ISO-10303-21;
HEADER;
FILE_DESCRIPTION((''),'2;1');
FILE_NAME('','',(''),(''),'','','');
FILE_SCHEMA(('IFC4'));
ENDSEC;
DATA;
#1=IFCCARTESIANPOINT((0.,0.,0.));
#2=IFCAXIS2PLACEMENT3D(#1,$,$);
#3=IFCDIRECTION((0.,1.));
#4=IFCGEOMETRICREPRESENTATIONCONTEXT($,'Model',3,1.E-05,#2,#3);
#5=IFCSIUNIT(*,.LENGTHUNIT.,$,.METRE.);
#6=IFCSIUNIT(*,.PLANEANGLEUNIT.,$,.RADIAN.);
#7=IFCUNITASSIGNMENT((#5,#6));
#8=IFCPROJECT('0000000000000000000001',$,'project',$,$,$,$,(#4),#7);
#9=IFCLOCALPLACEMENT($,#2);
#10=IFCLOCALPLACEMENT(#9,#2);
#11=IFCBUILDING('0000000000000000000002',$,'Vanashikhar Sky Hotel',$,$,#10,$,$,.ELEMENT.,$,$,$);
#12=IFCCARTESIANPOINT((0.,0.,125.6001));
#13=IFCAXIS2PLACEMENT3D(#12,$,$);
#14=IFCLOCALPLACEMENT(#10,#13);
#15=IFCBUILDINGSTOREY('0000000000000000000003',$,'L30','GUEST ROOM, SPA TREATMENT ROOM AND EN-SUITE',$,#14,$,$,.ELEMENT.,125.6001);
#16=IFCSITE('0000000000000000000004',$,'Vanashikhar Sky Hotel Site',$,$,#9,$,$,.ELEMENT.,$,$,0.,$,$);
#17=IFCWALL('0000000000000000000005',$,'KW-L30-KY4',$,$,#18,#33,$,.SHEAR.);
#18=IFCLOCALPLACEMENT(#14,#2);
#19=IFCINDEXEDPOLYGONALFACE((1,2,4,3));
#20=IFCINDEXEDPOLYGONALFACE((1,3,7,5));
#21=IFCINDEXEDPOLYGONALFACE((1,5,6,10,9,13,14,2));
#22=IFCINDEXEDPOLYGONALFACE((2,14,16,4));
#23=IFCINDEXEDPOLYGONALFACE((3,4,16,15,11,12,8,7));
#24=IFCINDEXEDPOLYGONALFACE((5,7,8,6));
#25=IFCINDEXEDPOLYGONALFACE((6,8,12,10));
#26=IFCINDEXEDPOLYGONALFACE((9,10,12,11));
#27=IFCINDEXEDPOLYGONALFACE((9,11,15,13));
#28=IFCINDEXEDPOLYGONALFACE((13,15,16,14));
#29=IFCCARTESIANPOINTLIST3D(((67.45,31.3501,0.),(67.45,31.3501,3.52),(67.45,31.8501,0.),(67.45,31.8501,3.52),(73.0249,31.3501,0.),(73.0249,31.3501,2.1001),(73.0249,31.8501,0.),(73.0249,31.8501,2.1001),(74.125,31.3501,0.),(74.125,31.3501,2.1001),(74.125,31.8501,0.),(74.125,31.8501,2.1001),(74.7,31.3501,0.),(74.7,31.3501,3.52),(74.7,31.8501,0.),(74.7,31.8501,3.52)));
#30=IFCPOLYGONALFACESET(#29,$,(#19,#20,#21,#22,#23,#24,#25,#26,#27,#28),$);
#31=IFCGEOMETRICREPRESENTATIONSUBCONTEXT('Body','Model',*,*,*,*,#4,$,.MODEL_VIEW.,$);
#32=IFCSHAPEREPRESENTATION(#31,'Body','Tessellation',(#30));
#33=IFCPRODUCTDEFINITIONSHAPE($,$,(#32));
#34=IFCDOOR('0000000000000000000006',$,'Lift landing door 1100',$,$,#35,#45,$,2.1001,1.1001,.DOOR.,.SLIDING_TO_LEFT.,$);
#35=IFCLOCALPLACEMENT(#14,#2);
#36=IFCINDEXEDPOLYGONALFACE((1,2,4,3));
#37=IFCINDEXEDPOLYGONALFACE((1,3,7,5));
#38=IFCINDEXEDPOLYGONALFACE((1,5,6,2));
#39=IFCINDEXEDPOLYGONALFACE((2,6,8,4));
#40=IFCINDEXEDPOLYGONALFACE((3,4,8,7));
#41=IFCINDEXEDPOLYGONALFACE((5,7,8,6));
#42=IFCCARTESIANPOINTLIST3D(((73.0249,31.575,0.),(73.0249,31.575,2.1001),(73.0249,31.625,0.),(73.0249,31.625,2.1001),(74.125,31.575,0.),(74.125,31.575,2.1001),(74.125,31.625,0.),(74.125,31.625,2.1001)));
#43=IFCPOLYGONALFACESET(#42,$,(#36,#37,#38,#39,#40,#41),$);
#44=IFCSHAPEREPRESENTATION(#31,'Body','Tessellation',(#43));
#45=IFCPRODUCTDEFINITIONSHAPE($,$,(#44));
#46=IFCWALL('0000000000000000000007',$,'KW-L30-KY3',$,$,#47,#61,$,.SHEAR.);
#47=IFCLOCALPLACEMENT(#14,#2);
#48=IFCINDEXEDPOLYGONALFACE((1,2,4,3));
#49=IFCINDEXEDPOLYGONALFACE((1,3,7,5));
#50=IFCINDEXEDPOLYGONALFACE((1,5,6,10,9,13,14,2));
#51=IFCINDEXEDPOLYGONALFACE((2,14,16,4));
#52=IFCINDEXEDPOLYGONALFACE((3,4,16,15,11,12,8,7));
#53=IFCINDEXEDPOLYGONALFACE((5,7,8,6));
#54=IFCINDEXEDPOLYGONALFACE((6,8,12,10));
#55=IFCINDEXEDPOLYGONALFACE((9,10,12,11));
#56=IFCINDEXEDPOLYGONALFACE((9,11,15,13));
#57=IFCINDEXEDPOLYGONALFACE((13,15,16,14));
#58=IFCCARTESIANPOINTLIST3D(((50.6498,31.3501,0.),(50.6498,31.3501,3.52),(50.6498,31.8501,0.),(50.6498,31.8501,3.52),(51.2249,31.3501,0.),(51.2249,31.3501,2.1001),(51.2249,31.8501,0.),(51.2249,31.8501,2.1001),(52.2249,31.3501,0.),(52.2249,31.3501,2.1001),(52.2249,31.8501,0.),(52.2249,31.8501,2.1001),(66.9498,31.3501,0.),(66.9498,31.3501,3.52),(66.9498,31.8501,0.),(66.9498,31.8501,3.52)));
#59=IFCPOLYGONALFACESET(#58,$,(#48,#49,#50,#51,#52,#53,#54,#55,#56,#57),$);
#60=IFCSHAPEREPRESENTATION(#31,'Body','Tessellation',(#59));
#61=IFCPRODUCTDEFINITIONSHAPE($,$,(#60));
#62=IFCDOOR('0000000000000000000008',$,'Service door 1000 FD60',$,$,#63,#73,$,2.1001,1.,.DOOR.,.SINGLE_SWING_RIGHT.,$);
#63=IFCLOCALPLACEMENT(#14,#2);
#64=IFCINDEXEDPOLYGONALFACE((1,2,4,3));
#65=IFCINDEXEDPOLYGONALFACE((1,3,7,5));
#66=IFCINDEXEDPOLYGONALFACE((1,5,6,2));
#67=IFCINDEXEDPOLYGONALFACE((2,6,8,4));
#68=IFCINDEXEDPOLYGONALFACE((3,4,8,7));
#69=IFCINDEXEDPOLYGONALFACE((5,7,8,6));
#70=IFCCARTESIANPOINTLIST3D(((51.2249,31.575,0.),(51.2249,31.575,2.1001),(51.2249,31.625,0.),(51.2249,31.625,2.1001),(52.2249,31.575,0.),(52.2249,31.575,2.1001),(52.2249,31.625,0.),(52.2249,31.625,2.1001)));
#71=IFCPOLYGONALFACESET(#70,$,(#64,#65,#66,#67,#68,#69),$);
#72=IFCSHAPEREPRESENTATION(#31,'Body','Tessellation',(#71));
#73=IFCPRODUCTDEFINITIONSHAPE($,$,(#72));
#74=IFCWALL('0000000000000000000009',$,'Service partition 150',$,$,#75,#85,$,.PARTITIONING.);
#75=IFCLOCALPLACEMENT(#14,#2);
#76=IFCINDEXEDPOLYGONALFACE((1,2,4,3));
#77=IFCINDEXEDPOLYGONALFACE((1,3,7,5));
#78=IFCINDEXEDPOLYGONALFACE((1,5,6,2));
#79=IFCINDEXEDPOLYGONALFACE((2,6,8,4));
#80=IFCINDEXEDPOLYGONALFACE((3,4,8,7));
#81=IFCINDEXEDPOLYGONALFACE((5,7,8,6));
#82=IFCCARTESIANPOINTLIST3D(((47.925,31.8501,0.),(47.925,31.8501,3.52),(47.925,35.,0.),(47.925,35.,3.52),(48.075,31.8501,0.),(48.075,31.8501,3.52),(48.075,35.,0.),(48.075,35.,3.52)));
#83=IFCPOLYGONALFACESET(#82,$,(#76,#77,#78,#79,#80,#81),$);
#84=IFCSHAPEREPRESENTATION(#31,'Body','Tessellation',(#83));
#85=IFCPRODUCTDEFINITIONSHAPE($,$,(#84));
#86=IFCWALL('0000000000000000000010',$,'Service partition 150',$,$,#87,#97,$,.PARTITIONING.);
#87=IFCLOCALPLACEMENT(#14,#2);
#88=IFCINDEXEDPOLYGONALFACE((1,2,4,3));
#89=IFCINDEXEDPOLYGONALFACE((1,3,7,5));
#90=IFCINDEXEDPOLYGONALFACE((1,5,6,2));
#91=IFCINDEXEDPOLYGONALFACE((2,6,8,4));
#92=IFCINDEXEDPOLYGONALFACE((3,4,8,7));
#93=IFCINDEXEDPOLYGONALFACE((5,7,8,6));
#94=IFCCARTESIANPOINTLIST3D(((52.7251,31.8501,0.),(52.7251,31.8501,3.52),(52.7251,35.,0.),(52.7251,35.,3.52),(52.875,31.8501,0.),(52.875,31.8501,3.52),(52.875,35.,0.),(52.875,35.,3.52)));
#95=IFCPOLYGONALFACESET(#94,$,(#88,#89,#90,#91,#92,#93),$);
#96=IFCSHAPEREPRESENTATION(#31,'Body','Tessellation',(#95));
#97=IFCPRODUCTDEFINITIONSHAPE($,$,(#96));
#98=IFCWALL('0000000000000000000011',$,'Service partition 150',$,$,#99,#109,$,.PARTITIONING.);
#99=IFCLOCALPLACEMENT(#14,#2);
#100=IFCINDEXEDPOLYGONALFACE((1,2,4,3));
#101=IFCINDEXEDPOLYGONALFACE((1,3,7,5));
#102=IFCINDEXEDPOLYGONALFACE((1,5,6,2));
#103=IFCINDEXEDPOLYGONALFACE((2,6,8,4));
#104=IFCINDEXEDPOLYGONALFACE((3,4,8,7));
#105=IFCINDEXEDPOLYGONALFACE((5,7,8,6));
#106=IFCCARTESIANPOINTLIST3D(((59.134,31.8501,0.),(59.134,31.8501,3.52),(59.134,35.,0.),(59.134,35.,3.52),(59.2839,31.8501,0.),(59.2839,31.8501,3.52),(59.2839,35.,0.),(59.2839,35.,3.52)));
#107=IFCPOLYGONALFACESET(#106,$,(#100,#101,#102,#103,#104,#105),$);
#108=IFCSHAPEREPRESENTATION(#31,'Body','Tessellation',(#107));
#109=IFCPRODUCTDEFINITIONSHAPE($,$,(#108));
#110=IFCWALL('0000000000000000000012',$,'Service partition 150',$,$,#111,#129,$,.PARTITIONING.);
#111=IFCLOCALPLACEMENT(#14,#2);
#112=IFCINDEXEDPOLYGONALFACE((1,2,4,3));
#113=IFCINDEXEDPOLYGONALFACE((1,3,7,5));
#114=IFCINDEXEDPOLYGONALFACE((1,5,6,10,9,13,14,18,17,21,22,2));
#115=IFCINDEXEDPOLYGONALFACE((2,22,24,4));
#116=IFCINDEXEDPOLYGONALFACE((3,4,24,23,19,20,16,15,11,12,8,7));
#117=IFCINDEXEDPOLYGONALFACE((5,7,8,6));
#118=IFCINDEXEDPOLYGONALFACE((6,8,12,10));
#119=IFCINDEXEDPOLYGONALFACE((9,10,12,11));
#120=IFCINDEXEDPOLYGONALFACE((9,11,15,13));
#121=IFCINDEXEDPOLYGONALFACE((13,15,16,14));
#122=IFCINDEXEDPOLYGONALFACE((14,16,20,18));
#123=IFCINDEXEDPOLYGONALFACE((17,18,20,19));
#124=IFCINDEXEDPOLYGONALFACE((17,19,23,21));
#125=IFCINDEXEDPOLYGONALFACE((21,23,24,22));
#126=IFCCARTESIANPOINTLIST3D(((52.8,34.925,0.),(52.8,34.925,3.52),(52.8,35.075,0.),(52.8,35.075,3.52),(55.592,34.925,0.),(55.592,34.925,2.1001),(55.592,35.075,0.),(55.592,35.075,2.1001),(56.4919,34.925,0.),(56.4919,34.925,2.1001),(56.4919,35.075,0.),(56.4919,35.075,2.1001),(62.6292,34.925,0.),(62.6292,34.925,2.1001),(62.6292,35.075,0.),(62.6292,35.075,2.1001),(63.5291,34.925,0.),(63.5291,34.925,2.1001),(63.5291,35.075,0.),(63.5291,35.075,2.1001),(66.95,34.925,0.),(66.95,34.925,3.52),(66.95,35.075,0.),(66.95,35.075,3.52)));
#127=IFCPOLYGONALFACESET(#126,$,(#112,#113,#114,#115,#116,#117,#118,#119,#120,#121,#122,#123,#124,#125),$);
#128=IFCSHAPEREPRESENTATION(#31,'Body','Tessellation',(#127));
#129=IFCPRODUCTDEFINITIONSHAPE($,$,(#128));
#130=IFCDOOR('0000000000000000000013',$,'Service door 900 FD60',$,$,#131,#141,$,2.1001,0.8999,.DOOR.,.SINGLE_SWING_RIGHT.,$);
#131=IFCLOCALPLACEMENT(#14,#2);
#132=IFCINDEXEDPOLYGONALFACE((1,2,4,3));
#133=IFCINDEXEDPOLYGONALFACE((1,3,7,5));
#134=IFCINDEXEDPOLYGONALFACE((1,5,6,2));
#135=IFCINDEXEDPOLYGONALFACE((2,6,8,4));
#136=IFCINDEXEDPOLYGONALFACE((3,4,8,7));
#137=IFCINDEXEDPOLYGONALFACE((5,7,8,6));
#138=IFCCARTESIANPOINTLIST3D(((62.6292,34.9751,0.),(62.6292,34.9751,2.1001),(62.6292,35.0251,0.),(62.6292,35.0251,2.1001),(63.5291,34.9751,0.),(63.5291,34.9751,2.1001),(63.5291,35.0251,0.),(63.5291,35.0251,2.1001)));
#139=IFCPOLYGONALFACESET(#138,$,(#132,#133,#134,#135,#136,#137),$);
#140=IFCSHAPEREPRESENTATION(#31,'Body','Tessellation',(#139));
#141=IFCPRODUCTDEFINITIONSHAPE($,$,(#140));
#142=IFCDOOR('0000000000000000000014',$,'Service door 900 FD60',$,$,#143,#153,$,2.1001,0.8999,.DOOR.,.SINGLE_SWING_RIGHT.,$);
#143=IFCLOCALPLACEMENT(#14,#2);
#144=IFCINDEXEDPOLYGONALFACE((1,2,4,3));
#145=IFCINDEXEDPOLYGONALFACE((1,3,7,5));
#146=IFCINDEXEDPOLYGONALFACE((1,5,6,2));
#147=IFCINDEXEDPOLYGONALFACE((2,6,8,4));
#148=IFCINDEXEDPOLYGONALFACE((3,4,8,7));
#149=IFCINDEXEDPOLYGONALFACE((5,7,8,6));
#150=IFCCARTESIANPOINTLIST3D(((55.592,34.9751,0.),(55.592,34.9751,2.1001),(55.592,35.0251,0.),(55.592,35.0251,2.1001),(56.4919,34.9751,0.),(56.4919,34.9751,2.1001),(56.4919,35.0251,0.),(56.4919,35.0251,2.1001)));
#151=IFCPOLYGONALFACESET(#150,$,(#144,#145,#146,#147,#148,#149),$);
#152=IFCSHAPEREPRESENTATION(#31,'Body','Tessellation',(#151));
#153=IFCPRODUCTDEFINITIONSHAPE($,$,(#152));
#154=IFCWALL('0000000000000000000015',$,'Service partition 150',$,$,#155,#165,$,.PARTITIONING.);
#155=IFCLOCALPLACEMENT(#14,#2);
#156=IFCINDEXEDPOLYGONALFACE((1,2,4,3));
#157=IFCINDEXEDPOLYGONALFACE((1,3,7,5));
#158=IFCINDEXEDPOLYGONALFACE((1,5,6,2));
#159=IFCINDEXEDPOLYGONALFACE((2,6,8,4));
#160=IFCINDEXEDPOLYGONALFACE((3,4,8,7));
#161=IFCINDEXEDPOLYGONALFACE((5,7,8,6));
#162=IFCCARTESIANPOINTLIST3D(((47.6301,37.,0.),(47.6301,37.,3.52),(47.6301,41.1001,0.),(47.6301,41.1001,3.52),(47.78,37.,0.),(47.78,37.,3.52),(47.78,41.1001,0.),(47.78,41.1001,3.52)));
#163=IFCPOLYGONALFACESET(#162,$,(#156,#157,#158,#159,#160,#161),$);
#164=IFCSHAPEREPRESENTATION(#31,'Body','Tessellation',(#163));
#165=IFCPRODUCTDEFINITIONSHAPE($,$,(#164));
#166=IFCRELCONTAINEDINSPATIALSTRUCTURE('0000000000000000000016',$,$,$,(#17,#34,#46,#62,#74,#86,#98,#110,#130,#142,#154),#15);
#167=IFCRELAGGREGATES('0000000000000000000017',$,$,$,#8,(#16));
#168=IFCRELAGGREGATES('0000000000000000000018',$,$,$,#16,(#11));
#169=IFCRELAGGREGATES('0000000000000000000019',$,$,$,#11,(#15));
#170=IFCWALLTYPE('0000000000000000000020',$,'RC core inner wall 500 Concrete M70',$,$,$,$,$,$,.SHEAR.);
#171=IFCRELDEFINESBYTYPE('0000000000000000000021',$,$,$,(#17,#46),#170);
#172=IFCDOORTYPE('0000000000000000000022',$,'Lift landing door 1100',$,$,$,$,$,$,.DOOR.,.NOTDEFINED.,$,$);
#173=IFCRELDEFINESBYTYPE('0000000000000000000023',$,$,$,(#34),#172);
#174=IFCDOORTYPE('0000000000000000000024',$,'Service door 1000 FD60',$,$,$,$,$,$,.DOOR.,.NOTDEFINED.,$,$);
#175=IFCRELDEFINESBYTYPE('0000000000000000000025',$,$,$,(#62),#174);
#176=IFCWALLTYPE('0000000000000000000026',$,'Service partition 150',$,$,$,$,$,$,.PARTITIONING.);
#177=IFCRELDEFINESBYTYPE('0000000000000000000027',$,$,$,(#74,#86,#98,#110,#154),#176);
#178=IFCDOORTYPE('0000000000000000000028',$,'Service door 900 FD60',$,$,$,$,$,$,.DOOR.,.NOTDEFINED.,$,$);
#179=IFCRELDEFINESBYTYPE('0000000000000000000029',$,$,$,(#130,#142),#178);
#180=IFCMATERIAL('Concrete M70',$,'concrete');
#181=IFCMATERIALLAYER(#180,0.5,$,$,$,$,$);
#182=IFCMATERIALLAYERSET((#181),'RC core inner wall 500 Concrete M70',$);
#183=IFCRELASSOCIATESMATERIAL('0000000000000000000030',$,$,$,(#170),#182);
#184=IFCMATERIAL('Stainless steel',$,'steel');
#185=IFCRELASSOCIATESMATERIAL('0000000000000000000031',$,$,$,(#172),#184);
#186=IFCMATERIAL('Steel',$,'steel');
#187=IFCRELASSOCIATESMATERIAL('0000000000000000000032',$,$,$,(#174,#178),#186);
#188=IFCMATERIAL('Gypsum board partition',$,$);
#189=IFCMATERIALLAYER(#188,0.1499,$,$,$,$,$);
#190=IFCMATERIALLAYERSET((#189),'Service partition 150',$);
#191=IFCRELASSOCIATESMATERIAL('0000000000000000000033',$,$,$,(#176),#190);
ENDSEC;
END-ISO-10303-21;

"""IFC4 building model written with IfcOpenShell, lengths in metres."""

from ifc_helpers import new_model, si_unit, direction, frame, frame_2d, origin, place, context, subcontext, project, spatial, rectangle, extrude, source, transform, mapped, material, layer, layer_set, type_object, element, fill, save


model = new_model("IFC4")

# Units and contexts
model_context = context("Model", 3, precision=1e-05, world=origin(), true_north=direction((0.0, 1.0)))
body_context = subcontext(model_context, "Body", "Model", "MODEL_VIEW")
ifc_project = project(units=[si_unit("LENGTHUNIT", "METRE"), si_unit("PLANEANGLEUNIT", "RADIAN")], contexts=[model_context])

# Site, building, storey
site_placement = place(None, origin())
site = spatial("IfcSite", under=ifc_project, at=site_placement, Name="Vanashikhar Sky Hotel Site", CompositionType="ELEMENT", RefElevation=0.0)
building_placement = place(site_placement, origin())
building = spatial("IfcBuilding", under=site, at=building_placement, Name="Vanashikhar Sky Hotel", CompositionType="ELEMENT")
storey_placement = place(building_placement, frame((0.0, 0.0, 125.6001)))
storey = spatial("IfcBuildingStorey", under=building, at=storey_placement, Name="L30", Description="GUEST ROOM, SPA TREATMENT ROOM AND EN-SUITE", CompositionType="ELEMENT", Elevation=125.6001)

# Walls, openings, doors
ifc_material_1 = material(Name="Concrete M70", Category="concrete")
ifc_layer_1 = layer(ifc_material_1, 0.5)
ifc_layer_set_1 = layer_set([ifc_layer_1], Name="RC core inner wall 500 Concrete M70")
wall_type_1 = type_object("IfcWallType", Name="RC core inner wall 500 Concrete M70", PredefinedType="SHEAR", material=ifc_layer_set_1)
shared_shape_1 = source(origin(), body_context, "Body", "SweptSolid", [
    extrude(rectangle(XDim=7.25, YDim=0.5, at=frame_2d((3.625, 0.0))), origin(), (0.0, 0.0, 1.0), 3.52),
])
wall_1_placement = place(storey_placement, frame((67.45, 31.6001, 0.0), z_axis=(0.0, 0.0, 1.0), x_axis=(1.0, 0.0, 0.0)))
wall_1 = element("IfcWall", 1, at=wall_1_placement, inside=storey, type_object=wall_type_1, Name="KW-L30-KY4", PredefinedType="SHEAR", context=body_context, shape_type="MappedRepresentation", body=[
    mapped(shared_shape_1, transform((0.0, 0.0, 0.0), scale=1.0)),
])
shared_shape_2 = source(origin(), body_context, "Body", "SweptSolid", [
    extrude(rectangle(XDim=1.1001, YDim=2.1001, at=frame_2d((0.55, 1.05))), frame((0.0, 0.26, 0.0), z_axis=(0.0, -1.0, 0.0), x_axis=(1.0, 0.0, 0.0)), (0.0, 0.0, 1.0), 0.52),
])
opening_1_placement = place(wall_1_placement, frame((5.575, 0.0, 0.0)))
opening_1 = element("IfcOpeningElement", 2, at=opening_1_placement, cuts=wall_1, PredefinedType="OPENING", context=body_context, shape_type="MappedRepresentation", body=[
    mapped(shared_shape_2, transform((0.0, 0.0, 0.0), scale=1.0)),
])
ifc_material_2 = material(Name="Stainless steel", Category="steel")
door_type_1 = type_object("IfcDoorType", Name="Lift landing door 1100", OperationType="NOTDEFINED", PredefinedType="DOOR", material=ifc_material_2)
shared_shape_3 = source(origin(), body_context, "Body", "SweptSolid", [
    extrude(rectangle(XDim=1.1001, YDim=2.1001, at=frame_2d((0.55, 1.05))), frame((0.0, 0.0249, 0.0), z_axis=(0.0, -1.0, 0.0), x_axis=(1.0, 0.0, 0.0)), (0.0, 0.0, 1.0), 0.05),
])
door_1_placement = place(opening_1_placement, origin())
door_1 = element("IfcDoor", 3, at=door_1_placement, inside=storey, type_object=door_type_1, Name="Lift landing door 1100", OperationType="SLIDING_TO_LEFT", OverallHeight=2.1001, OverallWidth=1.1001, PredefinedType="DOOR", context=body_context, shape_type="MappedRepresentation", body=[
    mapped(shared_shape_3, transform((0.0, 0.0, 0.0), scale=1.0)),
])
fill(opening_1, door_1)
shared_shape_4 = source(origin(), body_context, "Body", "SweptSolid", [
    extrude(rectangle(XDim=16.3, YDim=0.5, at=frame_2d((8.1499, 0.0))), origin(), (0.0, 0.0, 1.0), 3.52),
])
wall_2_placement = place(storey_placement, frame((50.6499, 31.6001, 0.0), z_axis=(0.0, 0.0, 1.0), x_axis=(1.0, 0.0, 0.0)))
wall_2 = element("IfcWall", 4, at=wall_2_placement, inside=storey, type_object=wall_type_1, Name="KW-L30-KY3", PredefinedType="SHEAR", context=body_context, shape_type="MappedRepresentation", body=[
    mapped(shared_shape_4, transform((0.0, 0.0, 0.0), scale=1.0)),
])
shared_shape_5 = source(origin(), body_context, "Body", "SweptSolid", [
    extrude(rectangle(XDim=1.0, YDim=2.1001, at=frame_2d((0.5, 1.05))), frame((0.0, 0.26, 0.0), z_axis=(0.0, -1.0, 0.0), x_axis=(1.0, 0.0, 0.0)), (0.0, 0.0, 1.0), 0.52),
])
opening_2_placement = place(wall_2_placement, frame((0.575, 0.0, 0.0)))
opening_2 = element("IfcOpeningElement", 5, at=opening_2_placement, cuts=wall_2, PredefinedType="OPENING", context=body_context, shape_type="MappedRepresentation", body=[
    mapped(shared_shape_5, transform((0.0, 0.0, 0.0), scale=1.0)),
])
ifc_material_3 = material(Name="Steel", Category="steel")
door_type_2 = type_object("IfcDoorType", Name="Service door 1000 FD60", OperationType="NOTDEFINED", PredefinedType="DOOR", material=ifc_material_3)
shared_shape_6 = source(origin(), body_context, "Body", "SweptSolid", [
    extrude(rectangle(XDim=1.0, YDim=2.1001, at=frame_2d((0.5, 1.05))), frame((0.0, 0.0249, 0.0), z_axis=(0.0, -1.0, 0.0), x_axis=(1.0, 0.0, 0.0)), (0.0, 0.0, 1.0), 0.05),
])
door_2_placement = place(opening_2_placement, origin())
door_2 = element("IfcDoor", 6, at=door_2_placement, inside=storey, type_object=door_type_2, Name="Service door 1000 FD60", OperationType="SINGLE_SWING_RIGHT", OverallHeight=2.1001, OverallWidth=1.0, PredefinedType="DOOR", context=body_context, shape_type="MappedRepresentation", body=[
    mapped(shared_shape_6, transform((0.0, 0.0, 0.0), scale=1.0)),
])
fill(opening_2, door_2)

# Walls
ifc_material_4 = material(Name="Gypsum board partition")
ifc_layer_2 = layer(ifc_material_4, 0.1499)
ifc_layer_set_2 = layer_set([ifc_layer_2], Name="Service partition 150")
wall_type_2 = type_object("IfcWallType", Name="Service partition 150", PredefinedType="PARTITIONING", material=ifc_layer_set_2)
shared_shape_7 = source(origin(), body_context, "Body", "SweptSolid", [
    extrude(rectangle(XDim=3.1499, YDim=0.1499, at=frame_2d((1.575, 0.0))), origin(), (0.0, 0.0, 1.0), 3.52),
])
for number, where, z_axis, x_axis, name in (
    (7, (48.0, 31.8501, 0.0), (0.0, 0.0, 1.0), (0.0, 1.0, 0.0), "Service partition 150"),
    (8, (52.8, 31.8501, 0.0), (0.0, 0.0, 1.0), (0.0, 1.0, 0.0), "Service partition 150"),
    (9, (59.209, 31.8501, 0.0), (0.0, 0.0, 1.0), (0.0, 1.0, 0.0), "Service partition 150"),
):
    element("IfcWall", number, at=place(storey_placement, frame(where, z_axis=z_axis, x_axis=x_axis)), inside=storey, type_object=wall_type_2, Name=name, PredefinedType="PARTITIONING", context=body_context, shape_type="MappedRepresentation", body=[
        mapped(shared_shape_7, transform((0.0, 0.0, 0.0), scale=1.0)),
    ])

# Wall, openings, doors
shared_shape_8 = source(origin(), body_context, "Body", "SweptSolid", [
    extrude(rectangle(XDim=14.1499, YDim=0.1499, at=frame_2d((7.075, 0.0))), origin(), (0.0, 0.0, 1.0), 3.52),
])
wall_3_placement = place(storey_placement, frame((66.95, 35.0, 0.0), z_axis=(0.0, 0.0, 1.0), x_axis=(-1.0, 0.0, 0.0)))
wall_3 = element("IfcWall", 10, at=wall_3_placement, inside=storey, type_object=wall_type_2, Name="Service partition 150", PredefinedType="PARTITIONING", context=body_context, shape_type="MappedRepresentation", body=[
    mapped(shared_shape_8, transform((0.0, 0.0, 0.0), scale=1.0)),
])
shared_shape_9 = source(origin(), body_context, "Body", "SweptSolid", [
    extrude(rectangle(XDim=0.8999, YDim=2.1001, at=frame_2d((0.45, 1.05))), frame((0.0, 0.085, 0.0), z_axis=(0.0, -1.0, 0.0), x_axis=(1.0, 0.0, 0.0)), (0.0, 0.0, 1.0), 0.1699),
])
opening_3_placement = place(wall_3_placement, frame((3.4209, 0.0, 0.0)))
opening_3 = element("IfcOpeningElement", 11, at=opening_3_placement, cuts=wall_3, PredefinedType="OPENING", context=body_context, shape_type="MappedRepresentation", body=[
    mapped(shared_shape_9, transform((0.0, 0.0, 0.0), scale=1.0)),
])
opening_4_placement = place(wall_3_placement, frame((10.458, 0.0, 0.0)))
opening_4 = element("IfcOpeningElement", 12, at=opening_4_placement, cuts=wall_3, PredefinedType="OPENING", context=body_context, shape_type="MappedRepresentation", body=[
    mapped(shared_shape_9, transform((0.0, 0.0, 0.0), scale=1.0)),
])
door_type_3 = type_object("IfcDoorType", Name="Service door 900 FD60", OperationType="NOTDEFINED", PredefinedType="DOOR", material=ifc_material_3)
shared_shape_10 = source(origin(), body_context, "Body", "SweptSolid", [
    extrude(rectangle(XDim=0.8999, YDim=2.1001, at=frame_2d((0.45, 1.05))), frame((0.0, 0.0249, 0.0), z_axis=(0.0, -1.0, 0.0), x_axis=(1.0, 0.0, 0.0)), (0.0, 0.0, 1.0), 0.05),
])
door_3_placement = place(opening_3_placement, origin())
door_3 = element("IfcDoor", 13, at=door_3_placement, inside=storey, type_object=door_type_3, Name="Service door 900 FD60", OperationType="SINGLE_SWING_RIGHT", OverallHeight=2.1001, OverallWidth=0.8999, PredefinedType="DOOR", context=body_context, shape_type="MappedRepresentation", body=[
    mapped(shared_shape_10, transform((0.0, 0.0, 0.0), scale=1.0)),
])
fill(opening_3, door_3)
door_4_placement = place(opening_4_placement, origin())
door_4 = element("IfcDoor", 14, at=door_4_placement, inside=storey, type_object=door_type_3, Name="Service door 900 FD60", OperationType="SINGLE_SWING_RIGHT", OverallHeight=2.1001, OverallWidth=0.8999, PredefinedType="DOOR", context=body_context, shape_type="MappedRepresentation", body=[
    mapped(shared_shape_10, transform((0.0, 0.0, 0.0), scale=1.0)),
])
fill(opening_4, door_4)

# Wall
shared_shape_11 = source(origin(), body_context, "Body", "SweptSolid", [
    extrude(rectangle(XDim=4.1001, YDim=0.1499, at=frame_2d((2.05, 0.0))), origin(), (0.0, 0.0, 1.0), 3.52),
])
for number, where, z_axis, x_axis, name in (
    (15, (47.7051, 37.0, 0.0), (0.0, 0.0, 1.0), (0.0, 1.0, 0.0), "Service partition 150"),
):
    element("IfcWall", number, at=place(storey_placement, frame(where, z_axis=z_axis, x_axis=x_axis)), inside=storey, type_object=wall_type_2, Name=name, PredefinedType="PARTITIONING", context=body_context, shape_type="MappedRepresentation", body=[
        mapped(shared_shape_11, transform((0.0, 0.0, 0.0), scale=1.0)),
    ])

save(model, "model.ifc")
